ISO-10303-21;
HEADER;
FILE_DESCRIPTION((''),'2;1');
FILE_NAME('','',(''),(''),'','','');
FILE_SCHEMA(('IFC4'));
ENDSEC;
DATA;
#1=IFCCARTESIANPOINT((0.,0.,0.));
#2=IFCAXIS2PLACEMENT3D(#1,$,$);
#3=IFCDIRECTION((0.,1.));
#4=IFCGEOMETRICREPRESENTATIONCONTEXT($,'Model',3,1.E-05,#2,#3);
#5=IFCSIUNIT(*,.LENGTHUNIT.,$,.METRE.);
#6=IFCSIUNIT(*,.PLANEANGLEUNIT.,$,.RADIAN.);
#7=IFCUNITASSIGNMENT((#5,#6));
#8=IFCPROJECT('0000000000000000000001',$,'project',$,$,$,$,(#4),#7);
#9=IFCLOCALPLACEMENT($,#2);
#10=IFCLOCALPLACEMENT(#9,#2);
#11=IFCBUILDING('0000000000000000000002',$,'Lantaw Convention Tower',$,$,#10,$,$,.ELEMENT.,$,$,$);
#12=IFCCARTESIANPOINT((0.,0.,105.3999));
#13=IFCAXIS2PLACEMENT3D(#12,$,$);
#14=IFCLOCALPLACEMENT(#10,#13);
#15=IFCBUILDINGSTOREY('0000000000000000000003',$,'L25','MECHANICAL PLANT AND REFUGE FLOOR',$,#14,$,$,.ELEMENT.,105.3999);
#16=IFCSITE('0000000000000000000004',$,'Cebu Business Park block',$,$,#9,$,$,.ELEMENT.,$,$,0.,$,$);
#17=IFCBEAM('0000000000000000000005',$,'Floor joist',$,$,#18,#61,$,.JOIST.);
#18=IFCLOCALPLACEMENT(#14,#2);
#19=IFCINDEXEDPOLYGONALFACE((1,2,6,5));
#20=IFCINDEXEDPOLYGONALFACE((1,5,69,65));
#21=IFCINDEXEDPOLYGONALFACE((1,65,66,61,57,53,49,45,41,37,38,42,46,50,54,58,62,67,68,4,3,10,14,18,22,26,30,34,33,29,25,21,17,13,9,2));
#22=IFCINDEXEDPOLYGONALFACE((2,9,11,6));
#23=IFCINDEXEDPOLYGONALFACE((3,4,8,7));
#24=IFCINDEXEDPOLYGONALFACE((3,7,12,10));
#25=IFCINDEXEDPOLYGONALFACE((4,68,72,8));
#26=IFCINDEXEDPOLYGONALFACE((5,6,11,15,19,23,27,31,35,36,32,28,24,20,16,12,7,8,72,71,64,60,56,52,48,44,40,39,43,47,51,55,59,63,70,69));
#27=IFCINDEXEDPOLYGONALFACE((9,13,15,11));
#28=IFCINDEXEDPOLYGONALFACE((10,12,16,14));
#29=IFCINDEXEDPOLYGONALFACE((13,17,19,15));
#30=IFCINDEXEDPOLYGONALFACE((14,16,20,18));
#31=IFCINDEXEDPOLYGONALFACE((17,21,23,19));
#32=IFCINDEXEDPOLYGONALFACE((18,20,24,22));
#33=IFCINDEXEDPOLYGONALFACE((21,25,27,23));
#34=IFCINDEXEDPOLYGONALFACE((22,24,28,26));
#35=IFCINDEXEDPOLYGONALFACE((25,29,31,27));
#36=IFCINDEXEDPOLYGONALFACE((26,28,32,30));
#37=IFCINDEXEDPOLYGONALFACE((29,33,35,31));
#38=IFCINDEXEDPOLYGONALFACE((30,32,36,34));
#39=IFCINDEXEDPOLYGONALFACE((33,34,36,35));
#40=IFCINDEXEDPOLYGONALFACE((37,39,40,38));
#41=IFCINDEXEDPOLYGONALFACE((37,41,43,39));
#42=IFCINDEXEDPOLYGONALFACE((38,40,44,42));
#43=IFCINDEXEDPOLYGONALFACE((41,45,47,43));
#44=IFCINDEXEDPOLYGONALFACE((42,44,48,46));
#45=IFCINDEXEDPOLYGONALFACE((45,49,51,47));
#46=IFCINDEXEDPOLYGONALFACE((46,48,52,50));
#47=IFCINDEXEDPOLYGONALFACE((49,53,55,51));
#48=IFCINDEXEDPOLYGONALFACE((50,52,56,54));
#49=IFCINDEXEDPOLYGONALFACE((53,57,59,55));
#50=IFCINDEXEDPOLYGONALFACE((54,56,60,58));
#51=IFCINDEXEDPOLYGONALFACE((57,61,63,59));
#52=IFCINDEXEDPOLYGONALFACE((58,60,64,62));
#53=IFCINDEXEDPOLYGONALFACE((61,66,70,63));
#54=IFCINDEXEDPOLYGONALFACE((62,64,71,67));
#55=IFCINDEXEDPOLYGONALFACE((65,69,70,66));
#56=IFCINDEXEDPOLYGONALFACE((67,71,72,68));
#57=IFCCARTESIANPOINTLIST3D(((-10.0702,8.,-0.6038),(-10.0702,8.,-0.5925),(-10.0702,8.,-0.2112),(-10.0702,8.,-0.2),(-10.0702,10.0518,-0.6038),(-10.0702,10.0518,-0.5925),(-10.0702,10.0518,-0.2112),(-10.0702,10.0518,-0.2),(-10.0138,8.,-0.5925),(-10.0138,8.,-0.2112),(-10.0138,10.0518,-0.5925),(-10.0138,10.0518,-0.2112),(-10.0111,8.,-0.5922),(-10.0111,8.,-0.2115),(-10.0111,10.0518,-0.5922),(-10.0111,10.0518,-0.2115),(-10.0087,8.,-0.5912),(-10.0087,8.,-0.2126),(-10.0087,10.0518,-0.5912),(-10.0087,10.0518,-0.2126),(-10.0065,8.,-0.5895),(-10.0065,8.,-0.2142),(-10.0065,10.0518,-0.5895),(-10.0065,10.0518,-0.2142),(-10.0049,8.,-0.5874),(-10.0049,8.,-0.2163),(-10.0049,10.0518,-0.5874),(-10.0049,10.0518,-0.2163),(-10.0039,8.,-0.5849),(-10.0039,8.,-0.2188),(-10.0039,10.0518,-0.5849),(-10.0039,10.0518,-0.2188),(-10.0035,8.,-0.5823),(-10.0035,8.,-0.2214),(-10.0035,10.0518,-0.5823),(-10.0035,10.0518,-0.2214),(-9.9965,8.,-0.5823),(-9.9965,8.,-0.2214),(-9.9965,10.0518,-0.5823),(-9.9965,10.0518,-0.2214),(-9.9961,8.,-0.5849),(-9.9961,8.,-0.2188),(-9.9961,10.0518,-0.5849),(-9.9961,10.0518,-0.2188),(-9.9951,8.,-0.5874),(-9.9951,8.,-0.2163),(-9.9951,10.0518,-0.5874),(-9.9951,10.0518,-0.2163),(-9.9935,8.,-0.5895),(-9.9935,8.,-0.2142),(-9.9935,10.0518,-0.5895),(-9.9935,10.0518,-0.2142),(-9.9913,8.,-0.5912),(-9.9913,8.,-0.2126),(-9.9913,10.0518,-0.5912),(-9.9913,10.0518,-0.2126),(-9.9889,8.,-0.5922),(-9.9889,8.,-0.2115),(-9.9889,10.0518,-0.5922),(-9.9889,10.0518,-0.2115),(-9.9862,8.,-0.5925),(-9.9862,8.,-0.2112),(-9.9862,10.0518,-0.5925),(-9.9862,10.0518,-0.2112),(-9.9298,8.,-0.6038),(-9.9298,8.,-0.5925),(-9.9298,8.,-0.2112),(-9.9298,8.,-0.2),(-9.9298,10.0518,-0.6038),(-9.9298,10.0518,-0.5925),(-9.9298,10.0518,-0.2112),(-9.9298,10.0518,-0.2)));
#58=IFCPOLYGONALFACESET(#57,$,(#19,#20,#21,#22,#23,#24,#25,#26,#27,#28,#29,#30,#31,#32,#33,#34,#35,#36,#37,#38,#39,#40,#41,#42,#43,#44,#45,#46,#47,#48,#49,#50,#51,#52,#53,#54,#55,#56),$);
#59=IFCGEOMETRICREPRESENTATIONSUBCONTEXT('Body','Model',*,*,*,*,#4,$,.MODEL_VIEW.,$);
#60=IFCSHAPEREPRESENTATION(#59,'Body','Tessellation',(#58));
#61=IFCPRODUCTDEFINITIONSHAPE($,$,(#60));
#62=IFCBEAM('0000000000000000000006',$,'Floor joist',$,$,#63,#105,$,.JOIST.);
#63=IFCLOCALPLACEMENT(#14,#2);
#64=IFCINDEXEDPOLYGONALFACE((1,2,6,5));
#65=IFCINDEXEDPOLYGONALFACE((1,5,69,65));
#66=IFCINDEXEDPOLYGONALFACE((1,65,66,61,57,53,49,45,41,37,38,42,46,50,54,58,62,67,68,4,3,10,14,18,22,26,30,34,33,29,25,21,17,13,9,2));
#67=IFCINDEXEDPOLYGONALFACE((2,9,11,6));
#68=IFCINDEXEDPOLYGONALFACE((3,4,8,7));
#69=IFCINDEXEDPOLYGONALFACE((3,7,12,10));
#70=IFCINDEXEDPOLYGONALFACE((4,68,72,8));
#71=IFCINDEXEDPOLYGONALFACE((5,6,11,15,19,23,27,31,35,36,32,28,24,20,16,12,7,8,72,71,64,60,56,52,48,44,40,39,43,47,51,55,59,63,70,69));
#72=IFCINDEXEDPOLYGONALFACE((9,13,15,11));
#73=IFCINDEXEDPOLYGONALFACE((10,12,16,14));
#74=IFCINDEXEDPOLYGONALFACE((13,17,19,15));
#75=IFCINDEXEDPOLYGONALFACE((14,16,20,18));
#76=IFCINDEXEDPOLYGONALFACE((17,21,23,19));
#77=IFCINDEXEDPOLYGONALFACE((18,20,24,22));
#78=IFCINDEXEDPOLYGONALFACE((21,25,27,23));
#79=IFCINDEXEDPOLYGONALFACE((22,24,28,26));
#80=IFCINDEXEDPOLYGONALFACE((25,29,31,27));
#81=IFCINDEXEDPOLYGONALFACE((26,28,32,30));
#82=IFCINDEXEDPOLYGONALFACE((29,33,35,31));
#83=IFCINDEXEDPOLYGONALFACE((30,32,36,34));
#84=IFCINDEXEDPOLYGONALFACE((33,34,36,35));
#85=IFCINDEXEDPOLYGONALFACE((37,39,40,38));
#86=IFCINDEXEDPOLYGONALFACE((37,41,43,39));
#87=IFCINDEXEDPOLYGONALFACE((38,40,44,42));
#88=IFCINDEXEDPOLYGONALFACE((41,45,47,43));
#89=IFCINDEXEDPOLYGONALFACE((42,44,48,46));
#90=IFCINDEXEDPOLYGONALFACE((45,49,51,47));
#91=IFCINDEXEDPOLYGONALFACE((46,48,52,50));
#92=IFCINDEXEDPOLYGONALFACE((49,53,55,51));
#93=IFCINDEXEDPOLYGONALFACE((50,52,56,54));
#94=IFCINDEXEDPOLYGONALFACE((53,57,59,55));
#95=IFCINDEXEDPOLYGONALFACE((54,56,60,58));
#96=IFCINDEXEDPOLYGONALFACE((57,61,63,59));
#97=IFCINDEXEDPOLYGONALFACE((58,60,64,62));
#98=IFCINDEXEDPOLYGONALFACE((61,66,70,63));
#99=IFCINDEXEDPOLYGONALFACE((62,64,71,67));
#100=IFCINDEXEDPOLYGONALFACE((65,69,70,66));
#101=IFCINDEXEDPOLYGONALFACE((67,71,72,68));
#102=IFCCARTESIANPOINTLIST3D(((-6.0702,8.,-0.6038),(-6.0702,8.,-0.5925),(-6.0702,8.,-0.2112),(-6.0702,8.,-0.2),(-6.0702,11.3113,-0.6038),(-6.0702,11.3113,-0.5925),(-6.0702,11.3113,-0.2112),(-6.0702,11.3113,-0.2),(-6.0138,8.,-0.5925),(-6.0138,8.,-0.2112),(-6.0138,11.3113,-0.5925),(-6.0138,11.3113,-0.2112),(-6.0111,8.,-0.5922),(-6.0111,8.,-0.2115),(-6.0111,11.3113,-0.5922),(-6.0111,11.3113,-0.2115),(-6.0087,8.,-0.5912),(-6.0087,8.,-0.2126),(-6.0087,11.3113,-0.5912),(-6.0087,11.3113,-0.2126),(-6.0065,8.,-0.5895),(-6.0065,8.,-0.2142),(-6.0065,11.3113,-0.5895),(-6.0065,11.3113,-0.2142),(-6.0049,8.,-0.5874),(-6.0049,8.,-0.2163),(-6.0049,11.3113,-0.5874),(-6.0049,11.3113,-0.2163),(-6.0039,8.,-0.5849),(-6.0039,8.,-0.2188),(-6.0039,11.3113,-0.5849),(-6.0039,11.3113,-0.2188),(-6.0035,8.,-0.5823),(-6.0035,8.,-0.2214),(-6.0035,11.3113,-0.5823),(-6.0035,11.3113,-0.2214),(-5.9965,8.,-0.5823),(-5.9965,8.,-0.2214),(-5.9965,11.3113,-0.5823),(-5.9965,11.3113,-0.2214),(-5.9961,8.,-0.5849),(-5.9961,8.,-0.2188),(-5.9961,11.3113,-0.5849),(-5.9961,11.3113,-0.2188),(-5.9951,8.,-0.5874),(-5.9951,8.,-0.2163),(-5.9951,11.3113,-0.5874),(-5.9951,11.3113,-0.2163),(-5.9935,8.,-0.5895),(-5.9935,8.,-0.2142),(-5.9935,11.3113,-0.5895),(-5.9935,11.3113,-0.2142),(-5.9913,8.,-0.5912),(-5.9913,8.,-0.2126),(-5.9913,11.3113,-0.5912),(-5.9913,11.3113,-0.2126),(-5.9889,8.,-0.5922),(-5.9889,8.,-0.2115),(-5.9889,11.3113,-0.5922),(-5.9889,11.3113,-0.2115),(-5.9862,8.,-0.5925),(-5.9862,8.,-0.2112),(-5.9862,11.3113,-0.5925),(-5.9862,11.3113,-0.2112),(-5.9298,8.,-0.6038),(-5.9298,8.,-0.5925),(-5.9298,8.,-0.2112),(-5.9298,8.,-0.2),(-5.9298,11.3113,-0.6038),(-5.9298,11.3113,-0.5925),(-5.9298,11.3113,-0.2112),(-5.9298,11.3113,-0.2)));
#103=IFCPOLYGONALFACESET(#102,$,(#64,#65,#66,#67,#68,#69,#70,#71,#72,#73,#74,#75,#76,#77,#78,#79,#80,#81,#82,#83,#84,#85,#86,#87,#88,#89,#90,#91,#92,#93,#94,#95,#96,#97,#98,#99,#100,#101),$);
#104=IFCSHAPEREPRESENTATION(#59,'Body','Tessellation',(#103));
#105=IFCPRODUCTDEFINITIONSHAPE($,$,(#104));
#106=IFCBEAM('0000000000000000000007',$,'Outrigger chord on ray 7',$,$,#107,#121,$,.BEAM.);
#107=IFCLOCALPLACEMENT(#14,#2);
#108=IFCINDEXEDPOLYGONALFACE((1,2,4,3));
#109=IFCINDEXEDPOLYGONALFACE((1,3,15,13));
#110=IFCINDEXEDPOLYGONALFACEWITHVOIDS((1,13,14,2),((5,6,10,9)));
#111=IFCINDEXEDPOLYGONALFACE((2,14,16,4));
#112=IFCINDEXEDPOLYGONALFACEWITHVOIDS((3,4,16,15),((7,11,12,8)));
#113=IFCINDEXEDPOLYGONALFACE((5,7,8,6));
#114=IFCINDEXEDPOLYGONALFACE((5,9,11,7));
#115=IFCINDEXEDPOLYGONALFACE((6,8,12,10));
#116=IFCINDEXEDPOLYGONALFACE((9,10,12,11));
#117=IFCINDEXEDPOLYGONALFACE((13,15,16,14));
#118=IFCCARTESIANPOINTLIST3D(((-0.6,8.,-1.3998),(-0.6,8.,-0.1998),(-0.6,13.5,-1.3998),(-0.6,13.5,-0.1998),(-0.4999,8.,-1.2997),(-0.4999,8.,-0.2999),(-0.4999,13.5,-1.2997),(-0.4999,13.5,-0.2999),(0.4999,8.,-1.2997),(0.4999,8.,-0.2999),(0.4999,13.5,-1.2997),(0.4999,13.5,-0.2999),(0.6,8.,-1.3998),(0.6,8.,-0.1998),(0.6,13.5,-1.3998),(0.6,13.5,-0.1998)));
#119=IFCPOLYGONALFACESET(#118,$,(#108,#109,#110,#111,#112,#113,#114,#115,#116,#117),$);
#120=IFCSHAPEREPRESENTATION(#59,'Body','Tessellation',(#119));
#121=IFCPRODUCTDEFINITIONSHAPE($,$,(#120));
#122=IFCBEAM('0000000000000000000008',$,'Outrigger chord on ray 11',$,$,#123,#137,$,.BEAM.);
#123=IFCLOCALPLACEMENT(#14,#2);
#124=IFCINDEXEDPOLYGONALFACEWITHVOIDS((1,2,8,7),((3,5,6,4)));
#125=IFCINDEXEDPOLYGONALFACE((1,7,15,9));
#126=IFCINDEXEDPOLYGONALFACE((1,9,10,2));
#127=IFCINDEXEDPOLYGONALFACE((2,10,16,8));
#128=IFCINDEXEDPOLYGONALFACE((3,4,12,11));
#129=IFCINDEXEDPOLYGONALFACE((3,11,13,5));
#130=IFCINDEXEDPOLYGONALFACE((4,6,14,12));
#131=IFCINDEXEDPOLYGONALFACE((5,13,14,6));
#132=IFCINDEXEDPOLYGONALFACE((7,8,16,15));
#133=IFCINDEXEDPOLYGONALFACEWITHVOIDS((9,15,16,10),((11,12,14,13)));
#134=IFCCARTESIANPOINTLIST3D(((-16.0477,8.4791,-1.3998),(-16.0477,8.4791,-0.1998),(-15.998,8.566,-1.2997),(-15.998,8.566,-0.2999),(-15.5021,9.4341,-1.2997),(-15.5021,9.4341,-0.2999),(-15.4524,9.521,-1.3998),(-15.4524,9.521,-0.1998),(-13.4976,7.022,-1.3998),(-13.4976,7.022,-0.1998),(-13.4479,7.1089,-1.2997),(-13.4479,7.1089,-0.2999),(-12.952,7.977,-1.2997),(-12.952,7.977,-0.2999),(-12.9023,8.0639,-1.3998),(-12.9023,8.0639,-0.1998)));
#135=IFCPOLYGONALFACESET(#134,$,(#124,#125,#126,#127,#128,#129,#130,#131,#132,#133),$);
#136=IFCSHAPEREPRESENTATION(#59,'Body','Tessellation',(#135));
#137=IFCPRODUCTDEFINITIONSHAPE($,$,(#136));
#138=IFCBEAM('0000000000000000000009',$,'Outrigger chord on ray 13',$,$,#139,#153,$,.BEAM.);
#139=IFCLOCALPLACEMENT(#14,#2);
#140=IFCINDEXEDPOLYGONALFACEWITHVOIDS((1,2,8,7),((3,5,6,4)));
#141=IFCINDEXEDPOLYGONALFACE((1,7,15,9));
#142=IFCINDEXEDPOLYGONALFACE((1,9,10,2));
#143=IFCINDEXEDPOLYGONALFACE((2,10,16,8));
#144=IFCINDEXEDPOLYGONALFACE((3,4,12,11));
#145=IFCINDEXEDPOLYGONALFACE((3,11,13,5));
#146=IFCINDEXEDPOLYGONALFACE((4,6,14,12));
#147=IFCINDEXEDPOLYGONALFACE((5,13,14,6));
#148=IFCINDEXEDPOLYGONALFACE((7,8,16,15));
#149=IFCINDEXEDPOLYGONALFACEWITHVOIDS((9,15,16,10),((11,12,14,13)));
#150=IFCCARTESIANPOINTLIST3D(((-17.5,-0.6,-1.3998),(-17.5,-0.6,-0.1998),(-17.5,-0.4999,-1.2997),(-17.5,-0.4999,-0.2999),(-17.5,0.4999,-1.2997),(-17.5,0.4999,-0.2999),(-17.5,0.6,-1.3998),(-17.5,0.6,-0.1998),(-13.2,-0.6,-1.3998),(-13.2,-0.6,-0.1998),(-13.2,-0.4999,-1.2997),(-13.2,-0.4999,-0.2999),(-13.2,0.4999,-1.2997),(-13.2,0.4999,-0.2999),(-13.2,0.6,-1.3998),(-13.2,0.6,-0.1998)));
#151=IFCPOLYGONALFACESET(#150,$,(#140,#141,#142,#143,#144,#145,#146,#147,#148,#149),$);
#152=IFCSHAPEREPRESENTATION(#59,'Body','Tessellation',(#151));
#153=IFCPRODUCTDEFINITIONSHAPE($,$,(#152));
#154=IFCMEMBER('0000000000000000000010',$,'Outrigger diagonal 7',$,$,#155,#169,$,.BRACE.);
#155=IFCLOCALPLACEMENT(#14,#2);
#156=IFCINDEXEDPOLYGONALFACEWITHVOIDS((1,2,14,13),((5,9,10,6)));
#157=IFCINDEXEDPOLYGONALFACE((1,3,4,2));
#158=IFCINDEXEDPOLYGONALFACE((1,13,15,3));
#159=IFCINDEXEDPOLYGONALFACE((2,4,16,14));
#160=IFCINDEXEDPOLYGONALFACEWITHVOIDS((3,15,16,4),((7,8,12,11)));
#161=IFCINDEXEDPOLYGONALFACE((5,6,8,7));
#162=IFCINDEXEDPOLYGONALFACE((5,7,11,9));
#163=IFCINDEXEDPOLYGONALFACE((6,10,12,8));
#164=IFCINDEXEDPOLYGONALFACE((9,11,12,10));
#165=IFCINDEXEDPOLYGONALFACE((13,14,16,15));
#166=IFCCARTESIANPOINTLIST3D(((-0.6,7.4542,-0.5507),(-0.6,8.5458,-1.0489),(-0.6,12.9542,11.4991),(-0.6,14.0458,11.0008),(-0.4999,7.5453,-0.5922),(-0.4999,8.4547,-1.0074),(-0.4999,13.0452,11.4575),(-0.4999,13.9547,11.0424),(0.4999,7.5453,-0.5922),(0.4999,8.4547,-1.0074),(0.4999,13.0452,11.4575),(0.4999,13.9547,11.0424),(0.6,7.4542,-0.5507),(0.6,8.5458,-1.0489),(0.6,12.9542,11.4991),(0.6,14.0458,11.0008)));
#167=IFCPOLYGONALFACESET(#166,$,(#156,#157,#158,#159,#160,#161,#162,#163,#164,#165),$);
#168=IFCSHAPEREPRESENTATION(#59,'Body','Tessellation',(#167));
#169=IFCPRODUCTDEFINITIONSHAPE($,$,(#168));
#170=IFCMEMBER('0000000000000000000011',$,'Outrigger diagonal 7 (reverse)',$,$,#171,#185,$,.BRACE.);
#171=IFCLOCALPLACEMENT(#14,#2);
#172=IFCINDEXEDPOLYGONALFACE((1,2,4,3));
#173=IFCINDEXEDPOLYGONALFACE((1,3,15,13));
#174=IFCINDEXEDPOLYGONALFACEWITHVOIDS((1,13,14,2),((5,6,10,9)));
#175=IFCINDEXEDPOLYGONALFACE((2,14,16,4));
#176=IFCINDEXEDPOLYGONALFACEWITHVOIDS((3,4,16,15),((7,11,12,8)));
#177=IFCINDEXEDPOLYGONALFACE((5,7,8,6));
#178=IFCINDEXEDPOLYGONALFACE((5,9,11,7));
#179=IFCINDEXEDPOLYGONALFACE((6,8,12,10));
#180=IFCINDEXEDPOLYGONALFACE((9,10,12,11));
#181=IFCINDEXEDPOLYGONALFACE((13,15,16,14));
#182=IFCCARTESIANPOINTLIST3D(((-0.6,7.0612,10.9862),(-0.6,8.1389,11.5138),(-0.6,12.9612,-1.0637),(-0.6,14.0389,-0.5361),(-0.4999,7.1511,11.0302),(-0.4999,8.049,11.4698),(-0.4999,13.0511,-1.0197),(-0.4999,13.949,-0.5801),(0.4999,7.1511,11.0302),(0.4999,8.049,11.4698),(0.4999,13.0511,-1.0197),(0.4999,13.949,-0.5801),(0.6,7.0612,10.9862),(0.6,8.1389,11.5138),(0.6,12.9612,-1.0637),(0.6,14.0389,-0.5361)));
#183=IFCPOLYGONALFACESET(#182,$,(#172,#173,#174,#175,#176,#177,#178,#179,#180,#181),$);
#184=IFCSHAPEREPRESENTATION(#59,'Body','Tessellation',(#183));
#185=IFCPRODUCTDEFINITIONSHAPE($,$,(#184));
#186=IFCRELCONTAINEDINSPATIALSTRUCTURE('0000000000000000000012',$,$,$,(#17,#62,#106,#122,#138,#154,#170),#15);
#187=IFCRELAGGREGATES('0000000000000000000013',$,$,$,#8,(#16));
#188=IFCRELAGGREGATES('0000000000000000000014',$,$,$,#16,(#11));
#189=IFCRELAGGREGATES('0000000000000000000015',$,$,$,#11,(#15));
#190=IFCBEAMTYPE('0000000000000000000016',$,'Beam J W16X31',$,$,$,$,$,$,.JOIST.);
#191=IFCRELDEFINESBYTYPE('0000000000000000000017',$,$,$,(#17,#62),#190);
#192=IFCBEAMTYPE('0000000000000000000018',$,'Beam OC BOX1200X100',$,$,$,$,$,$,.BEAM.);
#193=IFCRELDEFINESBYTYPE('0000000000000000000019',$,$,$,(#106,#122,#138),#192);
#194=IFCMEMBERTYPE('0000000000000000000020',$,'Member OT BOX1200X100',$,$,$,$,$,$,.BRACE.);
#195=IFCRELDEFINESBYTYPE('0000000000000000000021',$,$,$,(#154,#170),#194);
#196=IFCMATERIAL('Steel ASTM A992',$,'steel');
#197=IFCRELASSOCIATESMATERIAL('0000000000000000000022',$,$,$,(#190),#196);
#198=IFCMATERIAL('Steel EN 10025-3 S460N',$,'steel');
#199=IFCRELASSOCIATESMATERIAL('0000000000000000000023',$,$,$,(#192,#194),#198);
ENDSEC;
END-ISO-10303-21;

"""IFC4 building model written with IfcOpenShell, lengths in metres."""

from ifc_helpers import new_model, si_unit, direction, frame, origin, origin_2d, place, context, subcontext, project, spatial, hollow_rectangle, i_section, extrude, material, material_profile, profile_set, type_object, element, save


model = new_model("IFC4")

# Units and contexts
model_context = context("Model", 3, precision=1e-05, world=origin(), true_north=direction((0.0, 1.0)))
body_context = subcontext(model_context, "Body", "Model", "MODEL_VIEW")
ifc_project = project(units=[si_unit("LENGTHUNIT", "METRE"), si_unit("PLANEANGLEUNIT", "RADIAN")], contexts=[model_context])

# Site, building, storey
site_placement = place(None, origin())
site = spatial("IfcSite", under=ifc_project, at=site_placement, Name="Cebu Business Park block", CompositionType="ELEMENT", RefElevation=0.0)
building_placement = place(site_placement, origin())
building = spatial("IfcBuilding", under=site, at=building_placement, Name="Lantaw Convention Tower", CompositionType="ELEMENT")
storey_placement = place(building_placement, frame((0.0, 0.0, 105.3999)))
storey = spatial("IfcBuildingStorey", under=building, at=storey_placement, Name="L25", Description="MECHANICAL PLANT AND REFUGE FLOOR", CompositionType="ELEMENT", Elevation=105.3999)

# Beams
ifc_material_1 = material(Name="Steel ASTM A992", Category="steel")
ifc_material_profile_1 = material_profile(ifc_material_1, i_section(OverallWidth=0.1404, OverallDepth=0.4038, WebThickness=0.0071, FlangeThickness=0.0112, FilletRadius=0.0103, at=origin_2d()), Name="W16X31")
ifc_profile_set_1 = profile_set([ifc_material_profile_1], Name="Steel ASTM A992")
beam_type_1 = type_object("IfcBeamType", Name="Beam J W16X31", PredefinedType="JOIST", material=ifc_profile_set_1)
beam_1_placement = place(storey_placement, frame((-10.0, 8.0, -0.4019), z_axis=(0.0, 1.0, 0.0), x_axis=(-1.0, 0.0, 0.0)))
element("IfcBeam", 1, at=beam_1_placement, inside=storey, type_object=beam_type_1, Name="Floor joist", PredefinedType="JOIST", context=body_context, shape_type="SweptSolid", body=[
    extrude(i_section(OverallWidth=0.1404, OverallDepth=0.4038, WebThickness=0.0071, FlangeThickness=0.0112, FilletRadius=0.0103, at=origin_2d()), origin(), (0.0, 0.0, 1.0), 2.0518),
])
beam_2_placement = place(storey_placement, frame((-6.0, 8.0, -0.4019), z_axis=(0.0, 1.0, 0.0), x_axis=(-1.0, 0.0, 0.0)))
element("IfcBeam", 2, at=beam_2_placement, inside=storey, type_object=beam_type_1, Name="Floor joist", PredefinedType="JOIST", context=body_context, shape_type="SweptSolid", body=[
    extrude(i_section(OverallWidth=0.1404, OverallDepth=0.4038, WebThickness=0.0071, FlangeThickness=0.0112, FilletRadius=0.0103, at=origin_2d()), origin(), (0.0, 0.0, 1.0), 3.3113),
])
ifc_material_2 = material(Name="Steel EN 10025-3 S460N", Category="steel")
ifc_material_profile_2 = material_profile(ifc_material_2, hollow_rectangle(XDim=1.2, YDim=1.2, WallThickness=0.1001, at=origin_2d()), Name="BOX1200X100")
ifc_profile_set_2 = profile_set([ifc_material_profile_2], Name="Steel EN 10025-3 S460N")
beam_type_2 = type_object("IfcBeamType", Name="Beam OC BOX1200X100", PredefinedType="BEAM", material=ifc_profile_set_2)
beam_3_placement = place(storey_placement, frame((0.0, 8.0, -0.7998), z_axis=(0.0, 1.0, 0.0), x_axis=(-1.0, 0.0, 0.0)))
element("IfcBeam", 3, at=beam_3_placement, inside=storey, type_object=beam_type_2, Name="Outrigger chord on ray 7", PredefinedType="BEAM", context=body_context, shape_type="SweptSolid", body=[
    extrude(hollow_rectangle(XDim=1.2, YDim=1.2, WallThickness=0.1001, at=origin_2d()), origin(), (0.0, 0.0, 1.0), 5.5),
])
beam_4_placement = place(storey_placement, frame((-13.2, 7.543, -0.7998), z_axis=(-0.868264, 0.496103, 0.0), x_axis=(-0.496103, -0.868264, 0.0)))
element("IfcBeam", 4, at=beam_4_placement, inside=storey, type_object=beam_type_2, Name="Outrigger chord on ray 11", PredefinedType="BEAM", context=body_context, shape_type="SweptSolid", body=[
    extrude(hollow_rectangle(XDim=1.2, YDim=1.2, WallThickness=0.1001, at=origin_2d()), origin(), (0.0, 0.0, 1.0), 2.937),
])
beam_5_placement = place(storey_placement, frame((-13.2, 0.0, -0.7998), z_axis=(-1.0, 0.0, 0.0), x_axis=(0.0, -1.0, 0.0)))
element("IfcBeam", 5, at=beam_5_placement, inside=storey, type_object=beam_type_2, Name="Outrigger chord on ray 13", PredefinedType="BEAM", context=body_context, shape_type="SweptSolid", body=[
    extrude(hollow_rectangle(XDim=1.2, YDim=1.2, WallThickness=0.1001, at=origin_2d()), origin(), (0.0, 0.0, 1.0), 4.3),
])

# Members
ifc_material_profile_3 = material_profile(ifc_material_2, hollow_rectangle(XDim=1.2, YDim=1.2, WallThickness=0.1001, at=origin_2d()), Name="BOX1200X100")
ifc_profile_set_3 = profile_set([ifc_material_profile_3], Name="Steel EN 10025-3 S460N")
member_type = type_object("IfcMemberType", Name="Member OT BOX1200X100", PredefinedType="BRACE", material=ifc_profile_set_3)
member_1_placement = place(storey_placement, frame((0.0, 8.0, -0.7998), z_axis=(0.0, 0.41523, 0.909716), x_axis=(-1.0, 0.0, 0.0)))
element("IfcMember", 6, at=member_1_placement, inside=storey, type_object=member_type, Name="Outrigger diagonal 7", PredefinedType="BRACE", context=body_context, shape_type="SweptSolid", body=[
    extrude(hollow_rectangle(XDim=1.2, YDim=1.2, WallThickness=0.1001, at=origin_2d()), origin(), (0.0, 0.0, 1.0), 13.2456),
])
member_2_placement = place(storey_placement, frame((0.0, 7.6001, 11.25), z_axis=(0.0, 0.439745, -0.898123), x_axis=(-1.0, 0.0, 0.0)))
element("IfcMember", 7, at=member_2_placement, inside=storey, type_object=member_type, Name="Outrigger diagonal 7 (reverse)", PredefinedType="BRACE", context=body_context, shape_type="SweptSolid", body=[
    extrude(hollow_rectangle(XDim=1.2, YDim=1.2, WallThickness=0.1001, at=origin_2d()), origin(), (0.0, 0.0, 1.0), 13.4167),
])

save(model, "model.ifc")
